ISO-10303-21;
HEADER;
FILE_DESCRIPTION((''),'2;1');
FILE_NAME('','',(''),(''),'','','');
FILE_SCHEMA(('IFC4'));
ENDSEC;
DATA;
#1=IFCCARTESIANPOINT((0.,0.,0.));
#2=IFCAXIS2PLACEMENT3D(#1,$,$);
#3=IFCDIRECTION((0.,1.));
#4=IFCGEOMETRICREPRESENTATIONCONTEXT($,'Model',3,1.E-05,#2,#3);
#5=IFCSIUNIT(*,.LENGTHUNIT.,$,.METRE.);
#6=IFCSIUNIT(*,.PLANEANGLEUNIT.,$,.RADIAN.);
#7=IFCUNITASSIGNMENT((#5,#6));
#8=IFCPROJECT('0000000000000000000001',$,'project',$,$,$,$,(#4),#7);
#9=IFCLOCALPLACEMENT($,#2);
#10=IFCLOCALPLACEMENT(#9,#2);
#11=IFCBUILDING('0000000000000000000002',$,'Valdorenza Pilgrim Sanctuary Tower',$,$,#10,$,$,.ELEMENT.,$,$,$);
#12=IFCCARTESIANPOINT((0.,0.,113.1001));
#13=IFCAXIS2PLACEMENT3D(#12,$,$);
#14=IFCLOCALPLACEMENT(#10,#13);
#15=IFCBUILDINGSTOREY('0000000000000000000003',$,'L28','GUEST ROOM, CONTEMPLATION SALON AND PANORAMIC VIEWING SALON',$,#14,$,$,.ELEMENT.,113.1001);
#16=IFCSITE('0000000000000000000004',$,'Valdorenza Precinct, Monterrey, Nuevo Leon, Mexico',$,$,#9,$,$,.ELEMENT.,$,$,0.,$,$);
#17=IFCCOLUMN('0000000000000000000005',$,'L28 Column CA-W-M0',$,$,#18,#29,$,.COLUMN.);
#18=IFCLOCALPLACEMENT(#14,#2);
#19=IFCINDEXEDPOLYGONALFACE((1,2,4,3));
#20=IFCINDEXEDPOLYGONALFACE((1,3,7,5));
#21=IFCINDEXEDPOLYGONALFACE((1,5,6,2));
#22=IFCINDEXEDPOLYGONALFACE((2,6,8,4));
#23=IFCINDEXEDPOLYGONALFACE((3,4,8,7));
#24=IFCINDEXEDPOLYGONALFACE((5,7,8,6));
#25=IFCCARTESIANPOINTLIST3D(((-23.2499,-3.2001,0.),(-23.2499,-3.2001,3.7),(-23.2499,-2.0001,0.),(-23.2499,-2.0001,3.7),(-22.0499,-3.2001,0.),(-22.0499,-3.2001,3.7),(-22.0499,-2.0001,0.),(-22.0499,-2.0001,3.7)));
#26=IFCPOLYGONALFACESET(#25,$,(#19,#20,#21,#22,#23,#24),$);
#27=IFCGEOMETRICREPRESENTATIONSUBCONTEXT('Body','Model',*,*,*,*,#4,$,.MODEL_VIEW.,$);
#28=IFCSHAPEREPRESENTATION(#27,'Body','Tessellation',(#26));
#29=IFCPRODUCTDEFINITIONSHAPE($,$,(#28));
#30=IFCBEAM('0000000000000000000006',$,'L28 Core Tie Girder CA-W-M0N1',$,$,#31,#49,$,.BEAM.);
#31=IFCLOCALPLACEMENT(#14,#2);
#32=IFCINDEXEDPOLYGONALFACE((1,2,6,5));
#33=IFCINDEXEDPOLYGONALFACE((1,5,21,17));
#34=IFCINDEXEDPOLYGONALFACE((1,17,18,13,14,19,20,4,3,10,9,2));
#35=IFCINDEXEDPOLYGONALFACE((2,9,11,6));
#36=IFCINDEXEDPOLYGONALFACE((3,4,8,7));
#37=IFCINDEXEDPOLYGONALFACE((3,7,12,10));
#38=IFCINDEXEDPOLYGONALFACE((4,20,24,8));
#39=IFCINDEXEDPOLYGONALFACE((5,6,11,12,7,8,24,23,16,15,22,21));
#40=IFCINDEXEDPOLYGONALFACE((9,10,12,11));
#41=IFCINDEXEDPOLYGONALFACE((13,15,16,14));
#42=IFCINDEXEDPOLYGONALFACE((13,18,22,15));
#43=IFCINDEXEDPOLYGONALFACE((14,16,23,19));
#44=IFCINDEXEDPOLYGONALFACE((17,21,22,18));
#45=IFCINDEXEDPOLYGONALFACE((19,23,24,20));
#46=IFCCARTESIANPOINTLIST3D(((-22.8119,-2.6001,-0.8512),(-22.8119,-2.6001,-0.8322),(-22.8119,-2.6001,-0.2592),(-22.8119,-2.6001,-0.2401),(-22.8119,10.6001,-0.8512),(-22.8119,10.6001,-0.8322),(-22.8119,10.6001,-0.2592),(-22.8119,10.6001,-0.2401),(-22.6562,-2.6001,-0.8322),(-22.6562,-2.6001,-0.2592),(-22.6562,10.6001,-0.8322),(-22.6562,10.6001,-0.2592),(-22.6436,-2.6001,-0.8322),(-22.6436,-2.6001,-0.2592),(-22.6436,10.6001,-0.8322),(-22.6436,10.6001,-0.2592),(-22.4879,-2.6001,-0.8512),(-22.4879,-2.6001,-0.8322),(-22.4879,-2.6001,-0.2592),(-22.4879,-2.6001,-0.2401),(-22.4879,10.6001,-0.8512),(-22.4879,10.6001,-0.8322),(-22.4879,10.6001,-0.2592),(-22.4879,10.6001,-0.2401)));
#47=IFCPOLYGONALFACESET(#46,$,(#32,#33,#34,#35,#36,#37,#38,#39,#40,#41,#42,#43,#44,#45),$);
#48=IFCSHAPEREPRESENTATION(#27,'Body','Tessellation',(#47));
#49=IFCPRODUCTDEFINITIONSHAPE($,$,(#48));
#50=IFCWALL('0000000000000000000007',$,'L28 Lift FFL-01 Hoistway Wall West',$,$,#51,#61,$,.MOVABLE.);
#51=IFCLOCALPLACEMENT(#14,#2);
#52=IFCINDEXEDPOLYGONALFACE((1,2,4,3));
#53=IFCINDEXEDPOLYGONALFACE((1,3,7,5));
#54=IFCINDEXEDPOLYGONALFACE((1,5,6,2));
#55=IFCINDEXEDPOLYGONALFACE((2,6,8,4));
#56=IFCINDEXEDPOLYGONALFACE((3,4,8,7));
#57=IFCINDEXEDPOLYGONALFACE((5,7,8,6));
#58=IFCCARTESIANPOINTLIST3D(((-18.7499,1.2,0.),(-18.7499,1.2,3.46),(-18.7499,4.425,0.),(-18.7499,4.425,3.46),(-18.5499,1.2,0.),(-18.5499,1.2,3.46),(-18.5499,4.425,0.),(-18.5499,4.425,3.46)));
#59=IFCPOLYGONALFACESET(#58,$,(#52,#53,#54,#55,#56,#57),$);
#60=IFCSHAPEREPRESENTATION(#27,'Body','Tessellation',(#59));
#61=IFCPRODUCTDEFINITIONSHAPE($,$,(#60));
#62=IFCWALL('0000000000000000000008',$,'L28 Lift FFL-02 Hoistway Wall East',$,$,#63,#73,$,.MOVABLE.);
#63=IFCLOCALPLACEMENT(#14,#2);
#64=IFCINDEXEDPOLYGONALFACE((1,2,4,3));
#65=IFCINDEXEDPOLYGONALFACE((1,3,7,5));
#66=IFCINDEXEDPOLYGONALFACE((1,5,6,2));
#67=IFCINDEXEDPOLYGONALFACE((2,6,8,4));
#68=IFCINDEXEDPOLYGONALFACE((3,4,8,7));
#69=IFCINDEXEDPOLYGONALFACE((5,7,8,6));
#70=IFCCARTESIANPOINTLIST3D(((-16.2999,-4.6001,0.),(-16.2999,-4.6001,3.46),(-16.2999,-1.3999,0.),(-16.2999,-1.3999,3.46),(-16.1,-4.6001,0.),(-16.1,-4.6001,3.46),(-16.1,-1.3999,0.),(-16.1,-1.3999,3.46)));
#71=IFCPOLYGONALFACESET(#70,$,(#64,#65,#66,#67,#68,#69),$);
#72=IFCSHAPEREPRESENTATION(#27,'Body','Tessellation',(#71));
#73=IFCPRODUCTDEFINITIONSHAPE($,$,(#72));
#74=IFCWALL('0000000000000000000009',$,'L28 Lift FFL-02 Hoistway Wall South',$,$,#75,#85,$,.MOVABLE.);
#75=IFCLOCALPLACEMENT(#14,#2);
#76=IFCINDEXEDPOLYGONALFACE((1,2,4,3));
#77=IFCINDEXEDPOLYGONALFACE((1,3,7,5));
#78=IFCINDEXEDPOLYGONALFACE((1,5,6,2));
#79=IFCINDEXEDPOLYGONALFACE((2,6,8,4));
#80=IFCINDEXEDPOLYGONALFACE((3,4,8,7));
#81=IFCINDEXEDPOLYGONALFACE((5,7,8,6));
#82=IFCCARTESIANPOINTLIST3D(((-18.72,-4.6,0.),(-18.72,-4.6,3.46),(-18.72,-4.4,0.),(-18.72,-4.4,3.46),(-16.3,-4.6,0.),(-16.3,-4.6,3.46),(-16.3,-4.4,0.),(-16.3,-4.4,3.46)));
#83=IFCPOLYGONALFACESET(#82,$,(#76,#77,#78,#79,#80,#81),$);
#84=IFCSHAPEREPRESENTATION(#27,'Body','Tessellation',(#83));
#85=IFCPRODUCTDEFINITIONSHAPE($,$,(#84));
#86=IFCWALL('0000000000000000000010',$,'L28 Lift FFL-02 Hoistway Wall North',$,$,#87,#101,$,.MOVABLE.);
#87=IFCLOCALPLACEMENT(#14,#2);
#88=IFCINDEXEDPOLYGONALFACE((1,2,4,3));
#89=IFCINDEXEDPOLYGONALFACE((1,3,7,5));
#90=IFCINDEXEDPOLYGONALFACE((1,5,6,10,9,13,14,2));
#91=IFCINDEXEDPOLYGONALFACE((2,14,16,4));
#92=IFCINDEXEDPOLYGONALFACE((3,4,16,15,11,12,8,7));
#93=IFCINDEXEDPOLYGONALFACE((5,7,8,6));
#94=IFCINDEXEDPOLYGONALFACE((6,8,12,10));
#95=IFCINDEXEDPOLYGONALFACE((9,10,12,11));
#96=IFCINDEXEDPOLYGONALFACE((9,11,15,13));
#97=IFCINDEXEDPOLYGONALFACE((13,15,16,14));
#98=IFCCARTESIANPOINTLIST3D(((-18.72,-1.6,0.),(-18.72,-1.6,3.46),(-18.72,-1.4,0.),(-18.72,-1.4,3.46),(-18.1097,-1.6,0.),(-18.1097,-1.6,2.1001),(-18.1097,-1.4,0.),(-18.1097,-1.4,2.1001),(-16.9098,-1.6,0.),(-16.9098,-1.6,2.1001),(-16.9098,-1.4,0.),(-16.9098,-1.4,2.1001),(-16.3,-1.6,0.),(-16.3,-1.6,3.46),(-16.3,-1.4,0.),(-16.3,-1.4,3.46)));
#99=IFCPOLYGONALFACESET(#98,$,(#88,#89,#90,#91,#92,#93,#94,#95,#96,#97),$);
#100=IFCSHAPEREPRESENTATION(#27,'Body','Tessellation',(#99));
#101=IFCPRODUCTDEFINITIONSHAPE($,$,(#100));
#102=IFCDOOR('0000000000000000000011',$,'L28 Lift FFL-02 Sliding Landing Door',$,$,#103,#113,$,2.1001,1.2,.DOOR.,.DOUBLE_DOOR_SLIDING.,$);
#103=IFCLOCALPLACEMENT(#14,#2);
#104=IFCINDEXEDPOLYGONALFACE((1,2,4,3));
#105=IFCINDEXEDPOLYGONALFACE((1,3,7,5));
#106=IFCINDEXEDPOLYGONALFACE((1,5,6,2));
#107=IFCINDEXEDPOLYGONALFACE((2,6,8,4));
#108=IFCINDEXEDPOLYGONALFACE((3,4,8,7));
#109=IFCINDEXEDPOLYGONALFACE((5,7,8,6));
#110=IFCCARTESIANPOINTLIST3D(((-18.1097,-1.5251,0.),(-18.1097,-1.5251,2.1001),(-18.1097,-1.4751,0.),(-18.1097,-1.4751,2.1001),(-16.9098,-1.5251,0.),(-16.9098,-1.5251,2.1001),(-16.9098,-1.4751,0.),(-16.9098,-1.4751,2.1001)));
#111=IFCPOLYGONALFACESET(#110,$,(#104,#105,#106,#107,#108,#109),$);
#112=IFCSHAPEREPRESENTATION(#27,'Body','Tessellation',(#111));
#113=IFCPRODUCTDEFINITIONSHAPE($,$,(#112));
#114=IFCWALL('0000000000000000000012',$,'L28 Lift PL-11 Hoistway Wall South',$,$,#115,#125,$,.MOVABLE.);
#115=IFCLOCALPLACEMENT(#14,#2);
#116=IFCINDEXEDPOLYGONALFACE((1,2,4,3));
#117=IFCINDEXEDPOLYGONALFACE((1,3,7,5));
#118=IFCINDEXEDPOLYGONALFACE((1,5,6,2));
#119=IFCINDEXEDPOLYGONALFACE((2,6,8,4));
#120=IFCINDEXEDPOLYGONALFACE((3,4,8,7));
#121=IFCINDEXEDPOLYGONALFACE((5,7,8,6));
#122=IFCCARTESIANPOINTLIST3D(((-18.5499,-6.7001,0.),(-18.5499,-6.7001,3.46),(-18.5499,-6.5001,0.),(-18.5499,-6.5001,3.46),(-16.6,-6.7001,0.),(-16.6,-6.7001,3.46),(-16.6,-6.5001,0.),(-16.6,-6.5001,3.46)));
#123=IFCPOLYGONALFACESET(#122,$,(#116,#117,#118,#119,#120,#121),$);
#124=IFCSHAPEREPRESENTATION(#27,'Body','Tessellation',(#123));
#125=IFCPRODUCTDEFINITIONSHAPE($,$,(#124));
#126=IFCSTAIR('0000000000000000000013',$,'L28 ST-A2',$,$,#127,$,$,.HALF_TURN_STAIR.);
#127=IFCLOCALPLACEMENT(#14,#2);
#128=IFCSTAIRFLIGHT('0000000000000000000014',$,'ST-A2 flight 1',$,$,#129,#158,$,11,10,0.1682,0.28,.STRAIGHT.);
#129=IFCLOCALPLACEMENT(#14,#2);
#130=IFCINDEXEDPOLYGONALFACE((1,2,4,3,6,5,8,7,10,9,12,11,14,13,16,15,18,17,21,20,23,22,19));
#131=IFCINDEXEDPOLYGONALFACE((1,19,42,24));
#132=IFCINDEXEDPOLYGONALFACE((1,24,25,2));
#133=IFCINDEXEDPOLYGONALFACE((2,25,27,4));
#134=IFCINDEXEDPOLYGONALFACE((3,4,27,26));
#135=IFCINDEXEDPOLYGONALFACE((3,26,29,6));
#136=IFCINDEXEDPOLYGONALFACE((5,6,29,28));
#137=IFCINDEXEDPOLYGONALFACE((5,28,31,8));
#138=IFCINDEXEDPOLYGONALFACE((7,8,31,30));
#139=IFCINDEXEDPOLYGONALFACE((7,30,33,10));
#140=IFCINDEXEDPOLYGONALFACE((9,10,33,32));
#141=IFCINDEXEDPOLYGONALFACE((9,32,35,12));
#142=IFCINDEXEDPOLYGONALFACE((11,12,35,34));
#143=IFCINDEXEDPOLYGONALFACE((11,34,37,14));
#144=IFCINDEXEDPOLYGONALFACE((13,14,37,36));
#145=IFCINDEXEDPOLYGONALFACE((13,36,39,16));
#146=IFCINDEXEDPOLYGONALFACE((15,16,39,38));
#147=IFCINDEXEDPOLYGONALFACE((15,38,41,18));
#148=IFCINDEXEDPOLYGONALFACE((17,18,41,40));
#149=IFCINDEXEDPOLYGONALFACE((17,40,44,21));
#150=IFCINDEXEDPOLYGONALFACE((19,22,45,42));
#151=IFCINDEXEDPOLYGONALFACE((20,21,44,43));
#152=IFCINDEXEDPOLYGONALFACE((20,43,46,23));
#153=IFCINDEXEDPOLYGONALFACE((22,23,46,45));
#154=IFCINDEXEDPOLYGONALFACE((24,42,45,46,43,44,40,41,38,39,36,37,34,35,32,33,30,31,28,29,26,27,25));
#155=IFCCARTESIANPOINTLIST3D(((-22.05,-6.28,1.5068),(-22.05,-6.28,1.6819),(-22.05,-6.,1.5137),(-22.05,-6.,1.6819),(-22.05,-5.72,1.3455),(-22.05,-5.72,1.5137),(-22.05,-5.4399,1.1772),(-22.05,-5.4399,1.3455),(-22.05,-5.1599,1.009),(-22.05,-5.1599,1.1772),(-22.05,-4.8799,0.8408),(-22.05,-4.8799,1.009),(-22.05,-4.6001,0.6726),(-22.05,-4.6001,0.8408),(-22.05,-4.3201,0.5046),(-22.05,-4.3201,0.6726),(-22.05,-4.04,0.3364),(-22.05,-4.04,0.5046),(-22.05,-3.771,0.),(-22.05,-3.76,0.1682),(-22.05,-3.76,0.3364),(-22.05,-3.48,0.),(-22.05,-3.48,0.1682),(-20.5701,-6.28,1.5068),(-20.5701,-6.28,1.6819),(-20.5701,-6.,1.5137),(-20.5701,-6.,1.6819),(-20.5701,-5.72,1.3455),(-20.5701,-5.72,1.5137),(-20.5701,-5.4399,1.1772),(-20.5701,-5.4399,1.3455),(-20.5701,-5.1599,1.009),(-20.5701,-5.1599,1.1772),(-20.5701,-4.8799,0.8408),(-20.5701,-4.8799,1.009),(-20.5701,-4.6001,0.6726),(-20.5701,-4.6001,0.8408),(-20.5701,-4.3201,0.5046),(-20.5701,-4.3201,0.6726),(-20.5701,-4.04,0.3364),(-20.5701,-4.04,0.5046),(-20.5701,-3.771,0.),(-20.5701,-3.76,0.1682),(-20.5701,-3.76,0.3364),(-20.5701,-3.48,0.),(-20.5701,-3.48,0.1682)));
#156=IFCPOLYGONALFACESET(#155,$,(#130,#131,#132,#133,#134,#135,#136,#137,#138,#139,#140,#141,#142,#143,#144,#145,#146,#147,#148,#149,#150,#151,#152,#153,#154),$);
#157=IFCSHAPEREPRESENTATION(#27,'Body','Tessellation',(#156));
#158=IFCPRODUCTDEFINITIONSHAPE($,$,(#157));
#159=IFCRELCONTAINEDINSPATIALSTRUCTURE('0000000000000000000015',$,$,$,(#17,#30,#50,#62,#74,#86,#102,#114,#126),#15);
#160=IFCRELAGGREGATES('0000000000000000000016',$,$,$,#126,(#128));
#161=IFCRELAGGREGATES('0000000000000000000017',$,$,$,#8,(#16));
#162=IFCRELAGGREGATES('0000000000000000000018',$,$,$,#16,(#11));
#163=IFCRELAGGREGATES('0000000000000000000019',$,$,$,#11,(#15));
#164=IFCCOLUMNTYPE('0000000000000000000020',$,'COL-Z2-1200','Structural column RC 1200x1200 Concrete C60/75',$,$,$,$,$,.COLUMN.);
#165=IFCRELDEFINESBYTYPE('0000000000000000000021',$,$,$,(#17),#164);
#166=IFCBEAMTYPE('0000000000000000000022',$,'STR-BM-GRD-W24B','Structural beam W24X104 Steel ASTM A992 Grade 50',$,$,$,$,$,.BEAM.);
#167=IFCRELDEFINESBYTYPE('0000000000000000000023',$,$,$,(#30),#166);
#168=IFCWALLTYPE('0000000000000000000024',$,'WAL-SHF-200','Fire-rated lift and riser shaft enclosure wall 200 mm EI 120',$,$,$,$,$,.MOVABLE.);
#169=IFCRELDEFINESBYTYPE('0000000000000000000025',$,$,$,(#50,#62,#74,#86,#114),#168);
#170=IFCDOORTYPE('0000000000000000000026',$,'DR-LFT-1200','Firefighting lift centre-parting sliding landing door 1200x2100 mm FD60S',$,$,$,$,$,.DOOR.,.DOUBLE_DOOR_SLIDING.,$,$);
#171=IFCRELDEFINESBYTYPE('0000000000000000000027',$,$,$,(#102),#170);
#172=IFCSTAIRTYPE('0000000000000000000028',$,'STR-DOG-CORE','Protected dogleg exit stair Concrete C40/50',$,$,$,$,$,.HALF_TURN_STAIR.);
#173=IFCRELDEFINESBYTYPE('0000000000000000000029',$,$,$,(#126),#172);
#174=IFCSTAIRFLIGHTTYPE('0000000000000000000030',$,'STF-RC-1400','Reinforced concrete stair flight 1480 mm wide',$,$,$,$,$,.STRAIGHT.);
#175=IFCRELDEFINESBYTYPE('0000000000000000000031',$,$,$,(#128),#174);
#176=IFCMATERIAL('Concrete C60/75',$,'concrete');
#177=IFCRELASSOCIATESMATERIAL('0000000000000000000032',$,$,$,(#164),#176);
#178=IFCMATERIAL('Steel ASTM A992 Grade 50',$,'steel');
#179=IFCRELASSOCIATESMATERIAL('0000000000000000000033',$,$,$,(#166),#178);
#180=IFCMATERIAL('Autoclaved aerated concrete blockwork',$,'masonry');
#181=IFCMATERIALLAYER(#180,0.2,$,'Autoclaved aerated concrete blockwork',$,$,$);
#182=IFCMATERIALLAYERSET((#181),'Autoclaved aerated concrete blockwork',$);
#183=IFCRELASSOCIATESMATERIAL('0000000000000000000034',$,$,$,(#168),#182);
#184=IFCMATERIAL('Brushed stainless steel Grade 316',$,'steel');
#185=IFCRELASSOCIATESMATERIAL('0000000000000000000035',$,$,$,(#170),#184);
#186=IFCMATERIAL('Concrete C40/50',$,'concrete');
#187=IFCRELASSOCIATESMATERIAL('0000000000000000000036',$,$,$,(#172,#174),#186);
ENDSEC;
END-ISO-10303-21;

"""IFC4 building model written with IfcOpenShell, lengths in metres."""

from ifc_helpers import new_model, si_unit, direction, frame, frame_2d, origin, origin_2d, place, context, subcontext, project, spatial, polyline, rectangle, i_section, outline, extrude, source, transform, mapped, material, layer, layer_set, material_profile, profile_set, type_object, element, fill, aggregate, save


model = new_model("IFC4")

# Units and contexts
model_context = context("Model", 3, precision=1e-05, world=origin(), true_north=direction((0.0, 1.0)))
body_context = subcontext(model_context, "Body", "Model", "MODEL_VIEW")
ifc_project = project(units=[si_unit("LENGTHUNIT", "METRE"), si_unit("PLANEANGLEUNIT", "RADIAN")], contexts=[model_context])

# Site, building, storey
site_placement = place(None, origin())
site = spatial("IfcSite", under=ifc_project, at=site_placement, Name="Valdorenza Precinct, Monterrey, Nuevo Leon, Mexico", CompositionType="ELEMENT", RefElevation=0.0)
building_placement = place(site_placement, origin())
building = spatial("IfcBuilding", under=site, at=building_placement, Name="Valdorenza Pilgrim Sanctuary Tower", CompositionType="ELEMENT")
storey_placement = place(building_placement, frame((0.0, 0.0, 113.1001)))
storey = spatial("IfcBuildingStorey", under=building, at=storey_placement, Name="L28", Description="GUEST ROOM, CONTEMPLATION SALON AND PANORAMIC VIEWING SALON", CompositionType="ELEMENT", Elevation=113.1001)

# Column
ifc_material_1 = material(Name="Concrete C60/75", Category="concrete")
ifc_material_profile_1 = material_profile(ifc_material_1, rectangle(XDim=1.2, YDim=1.2, at=origin_2d()), Name="RC 1200x1200")
ifc_profile_set_1 = profile_set([ifc_material_profile_1], Name="Concrete C60/75")
column_type = type_object("IfcColumnType", Name="COL-Z2-1200", Description="Structural column RC 1200x1200 Concrete C60/75", PredefinedType="COLUMN", material=ifc_profile_set_1)
shared_shape_1 = source(origin(), body_context, "Body", "SweptSolid", [
    extrude(rectangle(XDim=1.2, YDim=1.2, at=origin_2d()), origin(), (0.0, 0.0, 1.0), 3.7),
])
column_placement = place(storey_placement, frame((-22.6499, -2.6001, 0.0), z_axis=(0.0, 0.0, 1.0), x_axis=(1.0, 0.0, 0.0)))
element("IfcColumn", 1, at=column_placement, inside=storey, type_object=column_type, Name="L28 Column CA-W-M0", PredefinedType="COLUMN", context=body_context, shape_type="MappedRepresentation", body=[
    mapped(shared_shape_1, transform((0.0, 0.0, 0.0), x_axis=(1.0, 0.0, 0.0), y_axis=(0.0, 1.0, 0.0), z_axis=(0.0, 0.0, 1.0), scale=1.0)),
])

# Beam
ifc_material_2 = material(Name="Steel ASTM A992 Grade 50", Category="steel")
ifc_material_profile_2 = material_profile(ifc_material_2, i_section(OverallWidth=0.324, OverallDepth=0.6111, WebThickness=0.0127, FlangeThickness=0.019, at=origin_2d()), Name="W24X104")
ifc_profile_set_2 = profile_set([ifc_material_profile_2], Name="Steel ASTM A992 Grade 50")
beam_type = type_object("IfcBeamType", Name="STR-BM-GRD-W24B", Description="Structural beam W24X104 Steel ASTM A992 Grade 50", PredefinedType="BEAM", material=ifc_profile_set_2)
shared_shape_2 = source(origin(), body_context, "Body", "SweptSolid", [
    extrude(i_section(OverallWidth=0.324, OverallDepth=0.6111, WebThickness=0.0127, FlangeThickness=0.019, at=origin_2d()), origin(), (0.0, 0.0, 1.0), 13.2002),
])
beam_placement = place(storey_placement, frame((-22.6499, -2.6001, -0.5457), z_axis=(0.0, 1.0, 0.0), x_axis=(-1.0, 0.0, 0.0)))
element("IfcBeam", 2, at=beam_placement, inside=storey, type_object=beam_type, Name="L28 Core Tie Girder CA-W-M0N1", PredefinedType="BEAM", context=body_context, shape_type="MappedRepresentation", body=[
    mapped(shared_shape_2, transform((0.0, 0.0, 0.0), x_axis=(1.0, 0.0, 0.0), y_axis=(0.0, 1.0, 0.0), z_axis=(0.0, 0.0, 1.0), scale=1.0)),
])

# Walls
ifc_material_3 = material(Name="Autoclaved aerated concrete blockwork", Category="masonry")
ifc_layer_1 = layer(ifc_material_3, 0.2, Name="Autoclaved aerated concrete blockwork")
ifc_layer_set_1 = layer_set([ifc_layer_1], Name="Autoclaved aerated concrete blockwork")
wall_type_1 = type_object("IfcWallType", Name="WAL-SHF-200", Description="Fire-rated lift and riser shaft enclosure wall 200 mm EI 120", PredefinedType="MOVABLE", material=ifc_layer_set_1)
wall_1_placement = place(storey_placement, frame((-18.6499, 1.2, 0.0), z_axis=(0.0, 0.0, 1.0), x_axis=(0.0, 1.0, 0.0)))
element("IfcWall", 3, at=wall_1_placement, inside=storey, type_object=wall_type_1, Name="L28 Lift FFL-01 Hoistway Wall West", PredefinedType="MOVABLE", context=body_context, shape_type="SweptSolid", body=[
    extrude(rectangle(XDim=3.2251, YDim=0.2, at=frame_2d((1.6125, 0.0))), origin(), (0.0, 0.0, 1.0), 3.46),
])
wall_2_placement = place(storey_placement, frame((-16.2, -4.6001, 0.0), z_axis=(0.0, 0.0, 1.0), x_axis=(0.0, 1.0, 0.0)))
element("IfcWall", 4, at=wall_2_placement, inside=storey, type_object=wall_type_1, Name="L28 Lift FFL-02 Hoistway Wall East", PredefinedType="MOVABLE", context=body_context, shape_type="SweptSolid", body=[
    extrude(rectangle(XDim=3.2002, YDim=0.2, at=frame_2d((1.6001, 0.0))), origin(), (0.0, 0.0, 1.0), 3.46),
])
wall_3_placement = place(storey_placement, frame((-18.72, -4.5, 0.0), z_axis=(0.0, 0.0, 1.0), x_axis=(1.0, 0.0, 0.0)))
element("IfcWall", 5, at=wall_3_placement, inside=storey, type_object=wall_type_1, Name="L28 Lift FFL-02 Hoistway Wall South", PredefinedType="MOVABLE", context=body_context, shape_type="SweptSolid", body=[
    extrude(rectangle(XDim=2.4199, YDim=0.2, at=frame_2d((1.21, 0.0))), origin(), (0.0, 0.0, 1.0), 3.46),
])

# Wall, opening, door
wall_4_placement = place(storey_placement, frame((-18.72, -1.5, 0.0), z_axis=(0.0, 0.0, 1.0), x_axis=(1.0, 0.0, 0.0)))
wall_4 = element("IfcWall", 6, at=wall_4_placement, inside=storey, type_object=wall_type_1, Name="L28 Lift FFL-02 Hoistway Wall North", PredefinedType="MOVABLE", context=body_context, shape_type="SweptSolid", body=[
    extrude(rectangle(XDim=2.4199, YDim=0.2, at=frame_2d((1.21, 0.0))), origin(), (0.0, 0.0, 1.0), 3.46),
])
opening_1_placement = place(wall_4_placement, frame((0.6101, 0.0, 0.0)))
opening_1 = element("IfcOpeningElement", 7, at=opening_1_placement, cuts=wall_4, PredefinedType="OPENING", context=body_context, shape_type="SweptSolid", body=[
    extrude(rectangle(XDim=1.2, YDim=2.1001, at=frame_2d((0.6001, 1.05))), frame((0.0, 0.1147, 0.0), z_axis=(0.0, -1.0, 0.0), x_axis=(1.0, 0.0, 0.0)), (0.0, 0.0, 1.0), 0.2297),
])
ifc_material_4 = material(Name="Brushed stainless steel Grade 316", Category="steel")
door_type_1 = type_object("IfcDoorType", Name="DR-LFT-1200", Description="Firefighting lift centre-parting sliding landing door 1200x2100 mm FD60S", OperationType="DOUBLE_DOOR_SLIDING", PredefinedType="DOOR", material=ifc_material_4)
door_1_placement = place(opening_1_placement, origin())
door_1 = element("IfcDoor", 8, at=door_1_placement, inside=storey, type_object=door_type_1, Name="L28 Lift FFL-02 Sliding Landing Door", OperationType="DOUBLE_DOOR_SLIDING", OverallHeight=2.1001, OverallWidth=1.2, PredefinedType="DOOR", context=body_context, shape_type="SweptSolid", body=[
    extrude(rectangle(XDim=1.2, YDim=2.1001, at=frame_2d((0.6001, 1.05))), frame((0.0, 0.0249, 0.0), z_axis=(0.0, -1.0, 0.0), x_axis=(1.0, 0.0, 0.0)), (0.0, 0.0, 1.0), 0.05),
])
fill(opening_1, door_1)

# Wall
wall_5_placement = place(storey_placement, frame((-18.55, -6.6001, 0.0), z_axis=(0.0, 0.0, 1.0), x_axis=(1.0, 0.0, 0.0)))
element("IfcWall", 9, at=wall_5_placement, inside=storey, type_object=wall_type_1, Name="L28 Lift PL-11 Hoistway Wall South", PredefinedType="MOVABLE", context=body_context, shape_type="SweptSolid", body=[
    extrude(rectangle(XDim=1.95, YDim=0.2, at=frame_2d((0.9751, 0.0))), origin(), (0.0, 0.0, 1.0), 3.46),
])

# Shared definitions
ifc_material_5 = material(Name="Concrete C40/50", Category="concrete")

# Stair, stair flight
stair_type = type_object("IfcStairType", Name="STR-DOG-CORE", Description="Protected dogleg exit stair Concrete C40/50", PredefinedType="HALF_TURN_STAIR", material=ifc_material_5)
stair_placement = place(storey_placement, origin())
stair = element("IfcStair", 10, at=stair_placement, inside=storey, type_object=stair_type, Name="L28 ST-A2", PredefinedType="HALF_TURN_STAIR")
stair_flight_type = type_object("IfcStairFlightType", Name="STF-RC-1400", Description="Reinforced concrete stair flight 1480 mm wide", PredefinedType="STRAIGHT", material=ifc_material_5)
stair_flight_1_placement = place(storey_placement, frame((-21.3101, -3.48, 0.0), z_axis=(0.0, 0.0, 1.0), x_axis=(0.0, -1.0, 0.0)))
stair_flight_1 = element("IfcStairFlight", 11, at=stair_flight_1_placement, type_object=stair_flight_type, Name="ST-A2 flight 1", NumberOfRisers=11, NumberOfTreads=10, PredefinedType="STRAIGHT", RiserHeight=0.1682, TreadLength=0.28, context=body_context, shape_type="SweptSolid", body=[
    extrude(outline(polyline([(0.0, 0.0), (0.0, 0.1682), (0.28, 0.1682), (0.28, 0.3364), (0.5601, 0.3364), (0.5601, 0.5046), (0.8401, 0.5046), (0.8401, 0.6726), (1.1201, 0.6726), (1.1201, 0.8408), (1.3999, 0.8408), (1.3999, 1.009), (1.6799, 1.009), (1.6799, 1.1772), (1.96, 1.1772), (1.96, 1.3455), (2.24, 1.3455), (2.24, 1.5137), (2.52, 1.5137), (2.52, 1.6819), (2.8, 1.6819), (2.8, 1.8501), (2.8, 1.5068), (0.291, 0.0), (0.0, 0.0)])), frame((0.0, 0.74, 0.0), z_axis=(0.0, -1.0, 0.0), x_axis=(1.0, 0.0, 0.0)), (0.0, 0.0, 1.0), 1.48),
])
aggregate(stair, [stair_flight_1])

save(model, "model.ifc")
